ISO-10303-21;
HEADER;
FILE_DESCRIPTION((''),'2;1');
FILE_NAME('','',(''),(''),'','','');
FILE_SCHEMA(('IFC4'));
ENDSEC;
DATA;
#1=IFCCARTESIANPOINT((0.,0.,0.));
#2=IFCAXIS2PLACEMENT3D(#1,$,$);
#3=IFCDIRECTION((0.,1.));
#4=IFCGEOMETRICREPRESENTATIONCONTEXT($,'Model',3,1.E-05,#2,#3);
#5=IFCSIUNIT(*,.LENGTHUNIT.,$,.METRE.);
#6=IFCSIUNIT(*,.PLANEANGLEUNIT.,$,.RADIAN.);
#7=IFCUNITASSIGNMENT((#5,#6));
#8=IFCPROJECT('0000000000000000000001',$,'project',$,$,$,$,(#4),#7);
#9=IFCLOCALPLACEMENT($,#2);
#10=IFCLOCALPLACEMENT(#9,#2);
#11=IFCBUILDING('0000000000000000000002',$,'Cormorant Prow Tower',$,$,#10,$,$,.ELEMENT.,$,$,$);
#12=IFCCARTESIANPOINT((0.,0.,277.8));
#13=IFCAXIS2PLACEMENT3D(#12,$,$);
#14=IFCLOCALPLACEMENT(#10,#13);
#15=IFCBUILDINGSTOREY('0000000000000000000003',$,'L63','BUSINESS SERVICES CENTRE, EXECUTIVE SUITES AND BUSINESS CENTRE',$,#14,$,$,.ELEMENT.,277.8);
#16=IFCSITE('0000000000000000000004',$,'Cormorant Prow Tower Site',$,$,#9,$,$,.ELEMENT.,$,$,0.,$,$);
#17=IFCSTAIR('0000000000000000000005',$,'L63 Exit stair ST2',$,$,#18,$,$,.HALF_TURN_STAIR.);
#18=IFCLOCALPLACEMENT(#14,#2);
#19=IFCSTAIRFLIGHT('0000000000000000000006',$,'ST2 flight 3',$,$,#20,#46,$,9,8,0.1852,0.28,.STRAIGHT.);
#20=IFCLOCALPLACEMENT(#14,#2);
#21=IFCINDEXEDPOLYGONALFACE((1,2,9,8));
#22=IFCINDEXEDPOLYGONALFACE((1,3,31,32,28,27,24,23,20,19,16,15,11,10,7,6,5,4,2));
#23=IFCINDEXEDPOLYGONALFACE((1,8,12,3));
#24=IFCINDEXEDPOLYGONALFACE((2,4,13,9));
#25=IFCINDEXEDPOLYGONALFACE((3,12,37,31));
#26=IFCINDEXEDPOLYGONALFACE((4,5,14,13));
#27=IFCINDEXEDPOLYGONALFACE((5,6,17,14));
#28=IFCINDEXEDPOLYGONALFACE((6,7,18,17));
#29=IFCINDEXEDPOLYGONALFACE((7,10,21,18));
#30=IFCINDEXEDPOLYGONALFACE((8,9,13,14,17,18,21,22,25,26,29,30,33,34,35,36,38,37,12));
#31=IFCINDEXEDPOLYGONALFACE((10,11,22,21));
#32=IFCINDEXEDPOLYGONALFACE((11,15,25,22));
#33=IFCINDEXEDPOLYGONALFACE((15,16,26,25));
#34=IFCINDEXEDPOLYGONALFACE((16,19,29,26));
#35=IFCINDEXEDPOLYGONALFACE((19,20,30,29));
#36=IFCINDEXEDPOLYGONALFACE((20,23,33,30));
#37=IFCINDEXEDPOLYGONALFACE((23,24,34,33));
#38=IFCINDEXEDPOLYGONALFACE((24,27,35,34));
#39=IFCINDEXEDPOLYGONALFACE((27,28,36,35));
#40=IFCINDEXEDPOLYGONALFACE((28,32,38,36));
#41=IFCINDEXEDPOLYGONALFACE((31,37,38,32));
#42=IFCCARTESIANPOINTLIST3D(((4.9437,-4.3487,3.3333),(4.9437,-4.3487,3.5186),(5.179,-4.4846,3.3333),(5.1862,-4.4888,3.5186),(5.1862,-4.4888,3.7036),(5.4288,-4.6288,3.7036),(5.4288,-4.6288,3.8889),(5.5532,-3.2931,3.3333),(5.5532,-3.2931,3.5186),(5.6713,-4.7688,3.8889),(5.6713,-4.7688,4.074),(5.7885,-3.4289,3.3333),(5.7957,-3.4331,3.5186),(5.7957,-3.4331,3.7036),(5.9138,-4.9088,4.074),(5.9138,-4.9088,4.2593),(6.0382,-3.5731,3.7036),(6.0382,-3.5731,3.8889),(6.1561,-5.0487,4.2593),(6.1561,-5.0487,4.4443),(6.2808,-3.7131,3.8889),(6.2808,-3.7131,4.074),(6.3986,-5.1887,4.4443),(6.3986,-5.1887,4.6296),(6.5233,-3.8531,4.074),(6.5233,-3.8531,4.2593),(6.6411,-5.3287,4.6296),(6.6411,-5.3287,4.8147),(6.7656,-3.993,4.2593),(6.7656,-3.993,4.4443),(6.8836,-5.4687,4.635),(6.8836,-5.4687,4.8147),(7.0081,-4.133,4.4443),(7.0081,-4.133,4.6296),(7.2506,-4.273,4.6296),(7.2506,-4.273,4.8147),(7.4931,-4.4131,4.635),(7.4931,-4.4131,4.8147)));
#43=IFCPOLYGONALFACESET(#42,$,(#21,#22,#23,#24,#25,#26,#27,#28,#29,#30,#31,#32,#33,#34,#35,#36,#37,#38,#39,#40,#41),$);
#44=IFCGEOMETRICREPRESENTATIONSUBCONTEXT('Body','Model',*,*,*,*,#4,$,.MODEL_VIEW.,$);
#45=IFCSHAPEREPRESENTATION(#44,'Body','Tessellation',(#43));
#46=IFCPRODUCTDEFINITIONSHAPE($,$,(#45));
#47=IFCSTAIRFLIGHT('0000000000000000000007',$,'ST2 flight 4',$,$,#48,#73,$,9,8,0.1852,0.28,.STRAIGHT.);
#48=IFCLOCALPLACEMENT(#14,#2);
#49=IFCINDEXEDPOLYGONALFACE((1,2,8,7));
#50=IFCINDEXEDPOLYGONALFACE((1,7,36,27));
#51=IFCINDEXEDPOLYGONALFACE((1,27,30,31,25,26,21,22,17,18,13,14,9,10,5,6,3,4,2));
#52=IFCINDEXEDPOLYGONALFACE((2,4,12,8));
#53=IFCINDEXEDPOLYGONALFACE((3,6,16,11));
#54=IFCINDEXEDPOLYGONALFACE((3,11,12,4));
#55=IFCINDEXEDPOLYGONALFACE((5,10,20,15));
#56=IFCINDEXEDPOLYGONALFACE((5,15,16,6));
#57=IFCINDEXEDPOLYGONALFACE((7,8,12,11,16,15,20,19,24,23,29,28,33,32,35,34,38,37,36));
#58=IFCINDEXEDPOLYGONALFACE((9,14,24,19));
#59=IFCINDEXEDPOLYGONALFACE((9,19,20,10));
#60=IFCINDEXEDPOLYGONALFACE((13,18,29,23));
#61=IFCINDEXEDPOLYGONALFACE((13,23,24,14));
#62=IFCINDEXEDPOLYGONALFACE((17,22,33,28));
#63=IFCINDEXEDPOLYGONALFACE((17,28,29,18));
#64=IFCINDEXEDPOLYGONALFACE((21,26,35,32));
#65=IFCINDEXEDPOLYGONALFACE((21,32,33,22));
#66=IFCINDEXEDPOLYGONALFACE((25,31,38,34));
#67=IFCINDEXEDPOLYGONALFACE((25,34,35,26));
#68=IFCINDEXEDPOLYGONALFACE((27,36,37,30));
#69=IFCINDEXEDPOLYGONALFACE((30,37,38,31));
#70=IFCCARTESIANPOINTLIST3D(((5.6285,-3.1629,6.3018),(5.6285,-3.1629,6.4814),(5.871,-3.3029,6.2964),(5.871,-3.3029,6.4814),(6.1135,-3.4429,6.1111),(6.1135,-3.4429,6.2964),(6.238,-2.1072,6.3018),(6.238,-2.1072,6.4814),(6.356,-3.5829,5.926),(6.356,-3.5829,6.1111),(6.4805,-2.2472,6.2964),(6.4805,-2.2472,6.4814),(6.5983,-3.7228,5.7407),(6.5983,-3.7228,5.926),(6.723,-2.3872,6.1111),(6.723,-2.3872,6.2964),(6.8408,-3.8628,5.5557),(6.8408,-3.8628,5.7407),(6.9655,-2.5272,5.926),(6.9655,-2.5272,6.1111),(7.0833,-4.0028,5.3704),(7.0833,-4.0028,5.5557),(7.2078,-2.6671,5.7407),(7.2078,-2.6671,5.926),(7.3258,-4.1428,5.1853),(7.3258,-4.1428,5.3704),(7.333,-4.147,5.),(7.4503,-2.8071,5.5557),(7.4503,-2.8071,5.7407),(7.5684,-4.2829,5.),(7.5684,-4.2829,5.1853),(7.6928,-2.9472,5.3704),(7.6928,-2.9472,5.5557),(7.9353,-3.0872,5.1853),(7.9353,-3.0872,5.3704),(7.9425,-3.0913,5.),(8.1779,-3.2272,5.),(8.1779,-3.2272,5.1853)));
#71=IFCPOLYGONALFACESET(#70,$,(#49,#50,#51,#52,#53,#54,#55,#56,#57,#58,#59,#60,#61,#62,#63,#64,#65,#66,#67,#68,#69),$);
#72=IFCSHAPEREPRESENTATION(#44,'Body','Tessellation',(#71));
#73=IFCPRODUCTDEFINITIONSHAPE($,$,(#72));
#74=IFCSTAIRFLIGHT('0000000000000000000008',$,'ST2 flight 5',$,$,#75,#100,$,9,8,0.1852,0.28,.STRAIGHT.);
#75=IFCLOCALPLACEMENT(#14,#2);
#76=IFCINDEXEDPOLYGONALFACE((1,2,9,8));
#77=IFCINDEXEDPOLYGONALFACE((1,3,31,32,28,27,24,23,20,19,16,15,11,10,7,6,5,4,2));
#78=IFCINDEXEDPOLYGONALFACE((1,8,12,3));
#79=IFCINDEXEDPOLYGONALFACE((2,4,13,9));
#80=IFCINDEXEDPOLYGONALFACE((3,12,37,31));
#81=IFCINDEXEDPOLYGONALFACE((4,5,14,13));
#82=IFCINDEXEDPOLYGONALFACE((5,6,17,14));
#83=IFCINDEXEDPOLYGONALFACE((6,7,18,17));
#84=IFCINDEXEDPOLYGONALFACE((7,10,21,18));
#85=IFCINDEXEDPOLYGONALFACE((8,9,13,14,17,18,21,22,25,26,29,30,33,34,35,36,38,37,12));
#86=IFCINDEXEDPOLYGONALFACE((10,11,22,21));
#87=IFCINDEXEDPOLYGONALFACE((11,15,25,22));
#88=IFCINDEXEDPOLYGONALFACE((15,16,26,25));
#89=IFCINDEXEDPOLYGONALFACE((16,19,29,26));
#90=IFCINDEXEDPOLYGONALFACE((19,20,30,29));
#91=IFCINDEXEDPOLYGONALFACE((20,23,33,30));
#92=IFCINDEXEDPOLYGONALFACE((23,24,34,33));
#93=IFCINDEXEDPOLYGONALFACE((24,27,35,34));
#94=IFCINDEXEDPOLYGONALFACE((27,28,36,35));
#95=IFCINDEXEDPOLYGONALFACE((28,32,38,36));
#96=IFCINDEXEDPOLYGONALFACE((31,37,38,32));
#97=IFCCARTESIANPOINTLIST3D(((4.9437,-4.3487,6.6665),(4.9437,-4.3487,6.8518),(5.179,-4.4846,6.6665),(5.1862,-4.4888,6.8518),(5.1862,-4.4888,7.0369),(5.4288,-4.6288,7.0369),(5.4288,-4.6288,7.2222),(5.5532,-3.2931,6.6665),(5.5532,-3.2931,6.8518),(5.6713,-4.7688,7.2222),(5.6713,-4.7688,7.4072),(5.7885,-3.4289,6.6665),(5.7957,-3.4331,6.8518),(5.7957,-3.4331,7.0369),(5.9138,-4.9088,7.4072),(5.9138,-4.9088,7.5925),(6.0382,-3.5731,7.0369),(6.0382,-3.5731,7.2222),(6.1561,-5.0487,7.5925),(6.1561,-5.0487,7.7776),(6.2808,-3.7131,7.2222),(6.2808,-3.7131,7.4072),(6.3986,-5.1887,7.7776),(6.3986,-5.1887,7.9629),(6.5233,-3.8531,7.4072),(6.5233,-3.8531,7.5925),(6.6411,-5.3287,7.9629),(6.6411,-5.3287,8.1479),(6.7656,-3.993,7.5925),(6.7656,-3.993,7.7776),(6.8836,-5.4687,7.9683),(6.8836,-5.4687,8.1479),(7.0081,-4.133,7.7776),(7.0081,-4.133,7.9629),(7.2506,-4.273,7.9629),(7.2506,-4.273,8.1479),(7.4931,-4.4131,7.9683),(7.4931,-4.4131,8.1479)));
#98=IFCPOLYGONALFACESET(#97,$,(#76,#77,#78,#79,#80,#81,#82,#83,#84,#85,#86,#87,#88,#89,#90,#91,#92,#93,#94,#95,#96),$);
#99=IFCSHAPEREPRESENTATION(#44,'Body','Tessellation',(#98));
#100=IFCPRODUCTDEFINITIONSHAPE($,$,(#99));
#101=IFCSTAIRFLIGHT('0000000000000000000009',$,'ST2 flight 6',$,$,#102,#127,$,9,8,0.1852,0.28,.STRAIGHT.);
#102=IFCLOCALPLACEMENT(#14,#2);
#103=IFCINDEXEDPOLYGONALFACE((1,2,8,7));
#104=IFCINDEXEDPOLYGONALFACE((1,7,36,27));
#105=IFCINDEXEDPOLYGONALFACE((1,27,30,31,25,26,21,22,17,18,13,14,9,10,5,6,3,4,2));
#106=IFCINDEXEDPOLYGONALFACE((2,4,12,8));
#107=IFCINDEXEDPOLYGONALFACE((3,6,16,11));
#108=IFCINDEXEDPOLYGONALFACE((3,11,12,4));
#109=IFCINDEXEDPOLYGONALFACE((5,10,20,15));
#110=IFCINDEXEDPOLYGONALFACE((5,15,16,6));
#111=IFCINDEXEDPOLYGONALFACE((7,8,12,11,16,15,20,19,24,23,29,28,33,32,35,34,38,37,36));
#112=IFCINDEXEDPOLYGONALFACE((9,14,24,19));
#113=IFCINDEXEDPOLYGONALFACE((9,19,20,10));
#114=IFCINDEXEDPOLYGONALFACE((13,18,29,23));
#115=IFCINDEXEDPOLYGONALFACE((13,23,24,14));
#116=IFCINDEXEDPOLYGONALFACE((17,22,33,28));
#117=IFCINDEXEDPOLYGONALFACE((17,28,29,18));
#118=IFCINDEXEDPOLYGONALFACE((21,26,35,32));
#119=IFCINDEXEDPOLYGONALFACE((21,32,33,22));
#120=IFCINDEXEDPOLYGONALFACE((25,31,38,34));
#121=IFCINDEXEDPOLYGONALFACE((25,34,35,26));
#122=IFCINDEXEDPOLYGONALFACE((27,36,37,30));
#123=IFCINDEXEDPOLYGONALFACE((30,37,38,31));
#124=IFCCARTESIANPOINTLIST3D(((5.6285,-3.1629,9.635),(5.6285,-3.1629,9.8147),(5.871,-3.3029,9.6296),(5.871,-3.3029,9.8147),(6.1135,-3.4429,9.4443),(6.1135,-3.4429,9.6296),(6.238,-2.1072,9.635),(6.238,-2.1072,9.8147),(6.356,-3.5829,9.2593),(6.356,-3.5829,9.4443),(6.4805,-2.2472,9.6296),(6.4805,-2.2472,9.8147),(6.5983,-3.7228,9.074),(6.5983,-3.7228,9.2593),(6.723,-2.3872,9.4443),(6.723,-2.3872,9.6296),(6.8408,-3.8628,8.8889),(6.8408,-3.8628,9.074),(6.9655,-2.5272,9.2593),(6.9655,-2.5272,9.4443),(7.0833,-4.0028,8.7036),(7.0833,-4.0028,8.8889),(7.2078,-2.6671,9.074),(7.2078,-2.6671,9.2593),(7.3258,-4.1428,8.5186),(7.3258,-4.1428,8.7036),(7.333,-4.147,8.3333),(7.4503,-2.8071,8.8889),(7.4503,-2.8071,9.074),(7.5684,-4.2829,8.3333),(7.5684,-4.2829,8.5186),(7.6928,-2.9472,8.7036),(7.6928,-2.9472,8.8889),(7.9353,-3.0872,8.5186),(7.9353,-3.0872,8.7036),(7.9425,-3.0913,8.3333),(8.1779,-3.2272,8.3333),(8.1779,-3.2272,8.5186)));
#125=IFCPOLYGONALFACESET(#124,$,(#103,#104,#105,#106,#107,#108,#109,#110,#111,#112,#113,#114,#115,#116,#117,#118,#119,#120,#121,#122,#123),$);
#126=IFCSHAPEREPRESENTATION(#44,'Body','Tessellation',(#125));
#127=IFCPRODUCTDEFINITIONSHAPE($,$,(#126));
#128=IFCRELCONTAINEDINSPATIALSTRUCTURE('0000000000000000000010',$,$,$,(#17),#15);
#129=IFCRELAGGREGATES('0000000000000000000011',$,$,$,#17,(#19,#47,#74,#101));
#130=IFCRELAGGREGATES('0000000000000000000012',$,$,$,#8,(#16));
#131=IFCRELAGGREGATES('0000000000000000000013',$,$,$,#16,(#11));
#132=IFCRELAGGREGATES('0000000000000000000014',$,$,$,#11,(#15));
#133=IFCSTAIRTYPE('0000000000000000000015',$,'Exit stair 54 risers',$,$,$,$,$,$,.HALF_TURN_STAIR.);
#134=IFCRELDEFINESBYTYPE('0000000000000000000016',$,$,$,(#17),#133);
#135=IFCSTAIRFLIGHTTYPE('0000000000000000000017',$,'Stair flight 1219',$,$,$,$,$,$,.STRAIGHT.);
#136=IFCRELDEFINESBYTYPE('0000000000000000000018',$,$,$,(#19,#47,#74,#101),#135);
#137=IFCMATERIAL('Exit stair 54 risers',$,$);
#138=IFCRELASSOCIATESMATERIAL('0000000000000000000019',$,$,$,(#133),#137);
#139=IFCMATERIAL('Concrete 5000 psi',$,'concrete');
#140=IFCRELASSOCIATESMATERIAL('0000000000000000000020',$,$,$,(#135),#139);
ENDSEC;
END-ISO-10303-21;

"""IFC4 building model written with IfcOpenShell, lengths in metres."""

from ifc_helpers import new_model, si_unit, direction, frame, origin, place, context, subcontext, project, spatial, polyline, outline, extrude, material, type_object, element, aggregate, save


model = new_model("IFC4")

# Units and contexts
model_context = context("Model", 3, precision=1e-05, world=origin(), true_north=direction((0.0, 1.0)))
body_context = subcontext(model_context, "Body", "Model", "MODEL_VIEW")
ifc_project = project(units=[si_unit("LENGTHUNIT", "METRE"), si_unit("PLANEANGLEUNIT", "RADIAN")], contexts=[model_context])

# Site, building, storey
site_placement = place(None, origin())
site = spatial("IfcSite", under=ifc_project, at=site_placement, Name="Cormorant Prow Tower Site", CompositionType="ELEMENT", RefElevation=0.0)
building_placement = place(site_placement, origin())
building = spatial("IfcBuilding", under=site, at=building_placement, Name="Cormorant Prow Tower", CompositionType="ELEMENT")
storey_placement = place(building_placement, frame((0.0, 0.0, 277.8)))
storey = spatial("IfcBuildingStorey", under=building, at=storey_placement, Name="L63", Description="BUSINESS SERVICES CENTRE, EXECUTIVE SUITES AND BUSINESS CENTRE", CompositionType="ELEMENT", Elevation=277.8)

# Stair, stair flights
ifc_material_1 = material(Name="Exit stair 54 risers")
stair_type = type_object("IfcStairType", Name="Exit stair 54 risers", PredefinedType="HALF_TURN_STAIR", material=ifc_material_1)
stair_placement = place(storey_placement, origin())
stair = element("IfcStair", 1, at=stair_placement, inside=storey, type_object=stair_type, Name="L63 Exit stair ST2", PredefinedType="HALF_TURN_STAIR")
ifc_material_2 = material(Name="Concrete 5000 psi", Category="concrete")
stair_flight_type = type_object("IfcStairFlightType", Name="Stair flight 1219", PredefinedType="STRAIGHT", material=ifc_material_2)
stair_flight_1_placement = place(storey_placement, frame((5.2485, -3.8208, 3.3333), z_axis=(0.0, 0.0, 1.0), x_axis=(0.866025, -0.5, 0.0)))
stair_flight_1 = element("IfcStairFlight", 2, at=stair_flight_1_placement, type_object=stair_flight_type, Name="ST2 flight 3", NumberOfRisers=9, NumberOfTreads=8, PredefinedType="STRAIGHT", RiserHeight=0.1852, TreadLength=0.28, context=body_context, shape_type="SweptSolid", body=[
    extrude(outline(polyline([(0.0, 0.0), (0.0, 0.1853), (0.28, 0.1853), (0.28, 0.3704), (0.5601, 0.3704), (0.5601, 0.5557), (0.8401, 0.5557), (0.8401, 0.7407), (1.1201, 0.7407), (1.1201, 0.926), (1.3999, 0.926), (1.3999, 1.1111), (1.6799, 1.1111), (1.6799, 1.2964), (1.96, 1.2964), (1.96, 1.4814), (2.24, 1.4814), (2.24, 1.6667), (2.24, 1.3018), (0.2717, 0.0), (0.0, 0.0)])), frame((0.0, 0.6094, 0.0), z_axis=(0.0, -1.0, 0.0), x_axis=(1.0, 0.0, 0.0)), (0.0, 0.0, 1.0), 1.219),
])
stair_flight_2_placement = place(storey_placement, frame((7.873, -3.7551, 5.0), z_axis=(0.0, 0.0, 1.0), x_axis=(-0.866025, 0.5, 0.0)))
stair_flight_2 = element("IfcStairFlight", 3, at=stair_flight_2_placement, type_object=stair_flight_type, Name="ST2 flight 4", NumberOfRisers=9, NumberOfTreads=8, PredefinedType="STRAIGHT", RiserHeight=0.1852, TreadLength=0.28, context=body_context, shape_type="SweptSolid", body=[
    extrude(outline(polyline([(0.0, 0.0), (0.0, 0.1853), (0.28, 0.1853), (0.28, 0.3704), (0.5601, 0.3704), (0.5601, 0.5557), (0.8401, 0.5557), (0.8401, 0.7407), (1.1201, 0.7407), (1.1201, 0.926), (1.3999, 0.926), (1.3999, 1.1111), (1.6799, 1.1111), (1.6799, 1.2964), (1.96, 1.2964), (1.96, 1.4814), (2.24, 1.4814), (2.24, 1.6667), (2.24, 1.3018), (0.2717, 0.0), (0.0, 0.0)])), frame((0.0, 0.6094, 0.0), z_axis=(0.0, -1.0, 0.0), x_axis=(1.0, 0.0, 0.0)), (0.0, 0.0, 1.0), 1.219),
])
stair_flight_3_placement = place(storey_placement, frame((5.2485, -3.8208, 6.6665), z_axis=(0.0, 0.0, 1.0), x_axis=(0.866025, -0.5, 0.0)))
stair_flight_3 = element("IfcStairFlight", 4, at=stair_flight_3_placement, type_object=stair_flight_type, Name="ST2 flight 5", NumberOfRisers=9, NumberOfTreads=8, PredefinedType="STRAIGHT", RiserHeight=0.1852, TreadLength=0.28, context=body_context, shape_type="SweptSolid", body=[
    extrude(outline(polyline([(0.0, 0.0), (0.0, 0.1853), (0.28, 0.1853), (0.28, 0.3704), (0.5601, 0.3704), (0.5601, 0.5557), (0.8401, 0.5557), (0.8401, 0.7407), (1.1201, 0.7407), (1.1201, 0.926), (1.3999, 0.926), (1.3999, 1.1111), (1.6799, 1.1111), (1.6799, 1.2964), (1.96, 1.2964), (1.96, 1.4814), (2.24, 1.4814), (2.24, 1.6667), (2.24, 1.3018), (0.2717, 0.0), (0.0, 0.0)])), frame((0.0, 0.6094, 0.0), z_axis=(0.0, -1.0, 0.0), x_axis=(1.0, 0.0, 0.0)), (0.0, 0.0, 1.0), 1.219),
])
stair_flight_4_placement = place(storey_placement, frame((7.873, -3.7551, 8.3333), z_axis=(0.0, 0.0, 1.0), x_axis=(-0.866025, 0.5, 0.0)))
stair_flight_4 = element("IfcStairFlight", 5, at=stair_flight_4_placement, type_object=stair_flight_type, Name="ST2 flight 6", NumberOfRisers=9, NumberOfTreads=8, PredefinedType="STRAIGHT", RiserHeight=0.1852, TreadLength=0.28, context=body_context, shape_type="SweptSolid", body=[
    extrude(outline(polyline([(0.0, 0.0), (0.0, 0.1853), (0.28, 0.1853), (0.28, 0.3704), (0.5601, 0.3704), (0.5601, 0.5557), (0.8401, 0.5557), (0.8401, 0.7407), (1.1201, 0.7407), (1.1201, 0.926), (1.3999, 0.926), (1.3999, 1.1111), (1.6799, 1.1111), (1.6799, 1.2964), (1.96, 1.2964), (1.96, 1.4814), (2.24, 1.4814), (2.24, 1.6667), (2.24, 1.3018), (0.2717, 0.0), (0.0, 0.0)])), frame((0.0, 0.6094, 0.0), z_axis=(0.0, -1.0, 0.0), x_axis=(1.0, 0.0, 0.0)), (0.0, 0.0, 1.0), 1.219),
])
aggregate(stair, [stair_flight_1, stair_flight_2, stair_flight_3, stair_flight_4])

save(model, "model.ifc")
